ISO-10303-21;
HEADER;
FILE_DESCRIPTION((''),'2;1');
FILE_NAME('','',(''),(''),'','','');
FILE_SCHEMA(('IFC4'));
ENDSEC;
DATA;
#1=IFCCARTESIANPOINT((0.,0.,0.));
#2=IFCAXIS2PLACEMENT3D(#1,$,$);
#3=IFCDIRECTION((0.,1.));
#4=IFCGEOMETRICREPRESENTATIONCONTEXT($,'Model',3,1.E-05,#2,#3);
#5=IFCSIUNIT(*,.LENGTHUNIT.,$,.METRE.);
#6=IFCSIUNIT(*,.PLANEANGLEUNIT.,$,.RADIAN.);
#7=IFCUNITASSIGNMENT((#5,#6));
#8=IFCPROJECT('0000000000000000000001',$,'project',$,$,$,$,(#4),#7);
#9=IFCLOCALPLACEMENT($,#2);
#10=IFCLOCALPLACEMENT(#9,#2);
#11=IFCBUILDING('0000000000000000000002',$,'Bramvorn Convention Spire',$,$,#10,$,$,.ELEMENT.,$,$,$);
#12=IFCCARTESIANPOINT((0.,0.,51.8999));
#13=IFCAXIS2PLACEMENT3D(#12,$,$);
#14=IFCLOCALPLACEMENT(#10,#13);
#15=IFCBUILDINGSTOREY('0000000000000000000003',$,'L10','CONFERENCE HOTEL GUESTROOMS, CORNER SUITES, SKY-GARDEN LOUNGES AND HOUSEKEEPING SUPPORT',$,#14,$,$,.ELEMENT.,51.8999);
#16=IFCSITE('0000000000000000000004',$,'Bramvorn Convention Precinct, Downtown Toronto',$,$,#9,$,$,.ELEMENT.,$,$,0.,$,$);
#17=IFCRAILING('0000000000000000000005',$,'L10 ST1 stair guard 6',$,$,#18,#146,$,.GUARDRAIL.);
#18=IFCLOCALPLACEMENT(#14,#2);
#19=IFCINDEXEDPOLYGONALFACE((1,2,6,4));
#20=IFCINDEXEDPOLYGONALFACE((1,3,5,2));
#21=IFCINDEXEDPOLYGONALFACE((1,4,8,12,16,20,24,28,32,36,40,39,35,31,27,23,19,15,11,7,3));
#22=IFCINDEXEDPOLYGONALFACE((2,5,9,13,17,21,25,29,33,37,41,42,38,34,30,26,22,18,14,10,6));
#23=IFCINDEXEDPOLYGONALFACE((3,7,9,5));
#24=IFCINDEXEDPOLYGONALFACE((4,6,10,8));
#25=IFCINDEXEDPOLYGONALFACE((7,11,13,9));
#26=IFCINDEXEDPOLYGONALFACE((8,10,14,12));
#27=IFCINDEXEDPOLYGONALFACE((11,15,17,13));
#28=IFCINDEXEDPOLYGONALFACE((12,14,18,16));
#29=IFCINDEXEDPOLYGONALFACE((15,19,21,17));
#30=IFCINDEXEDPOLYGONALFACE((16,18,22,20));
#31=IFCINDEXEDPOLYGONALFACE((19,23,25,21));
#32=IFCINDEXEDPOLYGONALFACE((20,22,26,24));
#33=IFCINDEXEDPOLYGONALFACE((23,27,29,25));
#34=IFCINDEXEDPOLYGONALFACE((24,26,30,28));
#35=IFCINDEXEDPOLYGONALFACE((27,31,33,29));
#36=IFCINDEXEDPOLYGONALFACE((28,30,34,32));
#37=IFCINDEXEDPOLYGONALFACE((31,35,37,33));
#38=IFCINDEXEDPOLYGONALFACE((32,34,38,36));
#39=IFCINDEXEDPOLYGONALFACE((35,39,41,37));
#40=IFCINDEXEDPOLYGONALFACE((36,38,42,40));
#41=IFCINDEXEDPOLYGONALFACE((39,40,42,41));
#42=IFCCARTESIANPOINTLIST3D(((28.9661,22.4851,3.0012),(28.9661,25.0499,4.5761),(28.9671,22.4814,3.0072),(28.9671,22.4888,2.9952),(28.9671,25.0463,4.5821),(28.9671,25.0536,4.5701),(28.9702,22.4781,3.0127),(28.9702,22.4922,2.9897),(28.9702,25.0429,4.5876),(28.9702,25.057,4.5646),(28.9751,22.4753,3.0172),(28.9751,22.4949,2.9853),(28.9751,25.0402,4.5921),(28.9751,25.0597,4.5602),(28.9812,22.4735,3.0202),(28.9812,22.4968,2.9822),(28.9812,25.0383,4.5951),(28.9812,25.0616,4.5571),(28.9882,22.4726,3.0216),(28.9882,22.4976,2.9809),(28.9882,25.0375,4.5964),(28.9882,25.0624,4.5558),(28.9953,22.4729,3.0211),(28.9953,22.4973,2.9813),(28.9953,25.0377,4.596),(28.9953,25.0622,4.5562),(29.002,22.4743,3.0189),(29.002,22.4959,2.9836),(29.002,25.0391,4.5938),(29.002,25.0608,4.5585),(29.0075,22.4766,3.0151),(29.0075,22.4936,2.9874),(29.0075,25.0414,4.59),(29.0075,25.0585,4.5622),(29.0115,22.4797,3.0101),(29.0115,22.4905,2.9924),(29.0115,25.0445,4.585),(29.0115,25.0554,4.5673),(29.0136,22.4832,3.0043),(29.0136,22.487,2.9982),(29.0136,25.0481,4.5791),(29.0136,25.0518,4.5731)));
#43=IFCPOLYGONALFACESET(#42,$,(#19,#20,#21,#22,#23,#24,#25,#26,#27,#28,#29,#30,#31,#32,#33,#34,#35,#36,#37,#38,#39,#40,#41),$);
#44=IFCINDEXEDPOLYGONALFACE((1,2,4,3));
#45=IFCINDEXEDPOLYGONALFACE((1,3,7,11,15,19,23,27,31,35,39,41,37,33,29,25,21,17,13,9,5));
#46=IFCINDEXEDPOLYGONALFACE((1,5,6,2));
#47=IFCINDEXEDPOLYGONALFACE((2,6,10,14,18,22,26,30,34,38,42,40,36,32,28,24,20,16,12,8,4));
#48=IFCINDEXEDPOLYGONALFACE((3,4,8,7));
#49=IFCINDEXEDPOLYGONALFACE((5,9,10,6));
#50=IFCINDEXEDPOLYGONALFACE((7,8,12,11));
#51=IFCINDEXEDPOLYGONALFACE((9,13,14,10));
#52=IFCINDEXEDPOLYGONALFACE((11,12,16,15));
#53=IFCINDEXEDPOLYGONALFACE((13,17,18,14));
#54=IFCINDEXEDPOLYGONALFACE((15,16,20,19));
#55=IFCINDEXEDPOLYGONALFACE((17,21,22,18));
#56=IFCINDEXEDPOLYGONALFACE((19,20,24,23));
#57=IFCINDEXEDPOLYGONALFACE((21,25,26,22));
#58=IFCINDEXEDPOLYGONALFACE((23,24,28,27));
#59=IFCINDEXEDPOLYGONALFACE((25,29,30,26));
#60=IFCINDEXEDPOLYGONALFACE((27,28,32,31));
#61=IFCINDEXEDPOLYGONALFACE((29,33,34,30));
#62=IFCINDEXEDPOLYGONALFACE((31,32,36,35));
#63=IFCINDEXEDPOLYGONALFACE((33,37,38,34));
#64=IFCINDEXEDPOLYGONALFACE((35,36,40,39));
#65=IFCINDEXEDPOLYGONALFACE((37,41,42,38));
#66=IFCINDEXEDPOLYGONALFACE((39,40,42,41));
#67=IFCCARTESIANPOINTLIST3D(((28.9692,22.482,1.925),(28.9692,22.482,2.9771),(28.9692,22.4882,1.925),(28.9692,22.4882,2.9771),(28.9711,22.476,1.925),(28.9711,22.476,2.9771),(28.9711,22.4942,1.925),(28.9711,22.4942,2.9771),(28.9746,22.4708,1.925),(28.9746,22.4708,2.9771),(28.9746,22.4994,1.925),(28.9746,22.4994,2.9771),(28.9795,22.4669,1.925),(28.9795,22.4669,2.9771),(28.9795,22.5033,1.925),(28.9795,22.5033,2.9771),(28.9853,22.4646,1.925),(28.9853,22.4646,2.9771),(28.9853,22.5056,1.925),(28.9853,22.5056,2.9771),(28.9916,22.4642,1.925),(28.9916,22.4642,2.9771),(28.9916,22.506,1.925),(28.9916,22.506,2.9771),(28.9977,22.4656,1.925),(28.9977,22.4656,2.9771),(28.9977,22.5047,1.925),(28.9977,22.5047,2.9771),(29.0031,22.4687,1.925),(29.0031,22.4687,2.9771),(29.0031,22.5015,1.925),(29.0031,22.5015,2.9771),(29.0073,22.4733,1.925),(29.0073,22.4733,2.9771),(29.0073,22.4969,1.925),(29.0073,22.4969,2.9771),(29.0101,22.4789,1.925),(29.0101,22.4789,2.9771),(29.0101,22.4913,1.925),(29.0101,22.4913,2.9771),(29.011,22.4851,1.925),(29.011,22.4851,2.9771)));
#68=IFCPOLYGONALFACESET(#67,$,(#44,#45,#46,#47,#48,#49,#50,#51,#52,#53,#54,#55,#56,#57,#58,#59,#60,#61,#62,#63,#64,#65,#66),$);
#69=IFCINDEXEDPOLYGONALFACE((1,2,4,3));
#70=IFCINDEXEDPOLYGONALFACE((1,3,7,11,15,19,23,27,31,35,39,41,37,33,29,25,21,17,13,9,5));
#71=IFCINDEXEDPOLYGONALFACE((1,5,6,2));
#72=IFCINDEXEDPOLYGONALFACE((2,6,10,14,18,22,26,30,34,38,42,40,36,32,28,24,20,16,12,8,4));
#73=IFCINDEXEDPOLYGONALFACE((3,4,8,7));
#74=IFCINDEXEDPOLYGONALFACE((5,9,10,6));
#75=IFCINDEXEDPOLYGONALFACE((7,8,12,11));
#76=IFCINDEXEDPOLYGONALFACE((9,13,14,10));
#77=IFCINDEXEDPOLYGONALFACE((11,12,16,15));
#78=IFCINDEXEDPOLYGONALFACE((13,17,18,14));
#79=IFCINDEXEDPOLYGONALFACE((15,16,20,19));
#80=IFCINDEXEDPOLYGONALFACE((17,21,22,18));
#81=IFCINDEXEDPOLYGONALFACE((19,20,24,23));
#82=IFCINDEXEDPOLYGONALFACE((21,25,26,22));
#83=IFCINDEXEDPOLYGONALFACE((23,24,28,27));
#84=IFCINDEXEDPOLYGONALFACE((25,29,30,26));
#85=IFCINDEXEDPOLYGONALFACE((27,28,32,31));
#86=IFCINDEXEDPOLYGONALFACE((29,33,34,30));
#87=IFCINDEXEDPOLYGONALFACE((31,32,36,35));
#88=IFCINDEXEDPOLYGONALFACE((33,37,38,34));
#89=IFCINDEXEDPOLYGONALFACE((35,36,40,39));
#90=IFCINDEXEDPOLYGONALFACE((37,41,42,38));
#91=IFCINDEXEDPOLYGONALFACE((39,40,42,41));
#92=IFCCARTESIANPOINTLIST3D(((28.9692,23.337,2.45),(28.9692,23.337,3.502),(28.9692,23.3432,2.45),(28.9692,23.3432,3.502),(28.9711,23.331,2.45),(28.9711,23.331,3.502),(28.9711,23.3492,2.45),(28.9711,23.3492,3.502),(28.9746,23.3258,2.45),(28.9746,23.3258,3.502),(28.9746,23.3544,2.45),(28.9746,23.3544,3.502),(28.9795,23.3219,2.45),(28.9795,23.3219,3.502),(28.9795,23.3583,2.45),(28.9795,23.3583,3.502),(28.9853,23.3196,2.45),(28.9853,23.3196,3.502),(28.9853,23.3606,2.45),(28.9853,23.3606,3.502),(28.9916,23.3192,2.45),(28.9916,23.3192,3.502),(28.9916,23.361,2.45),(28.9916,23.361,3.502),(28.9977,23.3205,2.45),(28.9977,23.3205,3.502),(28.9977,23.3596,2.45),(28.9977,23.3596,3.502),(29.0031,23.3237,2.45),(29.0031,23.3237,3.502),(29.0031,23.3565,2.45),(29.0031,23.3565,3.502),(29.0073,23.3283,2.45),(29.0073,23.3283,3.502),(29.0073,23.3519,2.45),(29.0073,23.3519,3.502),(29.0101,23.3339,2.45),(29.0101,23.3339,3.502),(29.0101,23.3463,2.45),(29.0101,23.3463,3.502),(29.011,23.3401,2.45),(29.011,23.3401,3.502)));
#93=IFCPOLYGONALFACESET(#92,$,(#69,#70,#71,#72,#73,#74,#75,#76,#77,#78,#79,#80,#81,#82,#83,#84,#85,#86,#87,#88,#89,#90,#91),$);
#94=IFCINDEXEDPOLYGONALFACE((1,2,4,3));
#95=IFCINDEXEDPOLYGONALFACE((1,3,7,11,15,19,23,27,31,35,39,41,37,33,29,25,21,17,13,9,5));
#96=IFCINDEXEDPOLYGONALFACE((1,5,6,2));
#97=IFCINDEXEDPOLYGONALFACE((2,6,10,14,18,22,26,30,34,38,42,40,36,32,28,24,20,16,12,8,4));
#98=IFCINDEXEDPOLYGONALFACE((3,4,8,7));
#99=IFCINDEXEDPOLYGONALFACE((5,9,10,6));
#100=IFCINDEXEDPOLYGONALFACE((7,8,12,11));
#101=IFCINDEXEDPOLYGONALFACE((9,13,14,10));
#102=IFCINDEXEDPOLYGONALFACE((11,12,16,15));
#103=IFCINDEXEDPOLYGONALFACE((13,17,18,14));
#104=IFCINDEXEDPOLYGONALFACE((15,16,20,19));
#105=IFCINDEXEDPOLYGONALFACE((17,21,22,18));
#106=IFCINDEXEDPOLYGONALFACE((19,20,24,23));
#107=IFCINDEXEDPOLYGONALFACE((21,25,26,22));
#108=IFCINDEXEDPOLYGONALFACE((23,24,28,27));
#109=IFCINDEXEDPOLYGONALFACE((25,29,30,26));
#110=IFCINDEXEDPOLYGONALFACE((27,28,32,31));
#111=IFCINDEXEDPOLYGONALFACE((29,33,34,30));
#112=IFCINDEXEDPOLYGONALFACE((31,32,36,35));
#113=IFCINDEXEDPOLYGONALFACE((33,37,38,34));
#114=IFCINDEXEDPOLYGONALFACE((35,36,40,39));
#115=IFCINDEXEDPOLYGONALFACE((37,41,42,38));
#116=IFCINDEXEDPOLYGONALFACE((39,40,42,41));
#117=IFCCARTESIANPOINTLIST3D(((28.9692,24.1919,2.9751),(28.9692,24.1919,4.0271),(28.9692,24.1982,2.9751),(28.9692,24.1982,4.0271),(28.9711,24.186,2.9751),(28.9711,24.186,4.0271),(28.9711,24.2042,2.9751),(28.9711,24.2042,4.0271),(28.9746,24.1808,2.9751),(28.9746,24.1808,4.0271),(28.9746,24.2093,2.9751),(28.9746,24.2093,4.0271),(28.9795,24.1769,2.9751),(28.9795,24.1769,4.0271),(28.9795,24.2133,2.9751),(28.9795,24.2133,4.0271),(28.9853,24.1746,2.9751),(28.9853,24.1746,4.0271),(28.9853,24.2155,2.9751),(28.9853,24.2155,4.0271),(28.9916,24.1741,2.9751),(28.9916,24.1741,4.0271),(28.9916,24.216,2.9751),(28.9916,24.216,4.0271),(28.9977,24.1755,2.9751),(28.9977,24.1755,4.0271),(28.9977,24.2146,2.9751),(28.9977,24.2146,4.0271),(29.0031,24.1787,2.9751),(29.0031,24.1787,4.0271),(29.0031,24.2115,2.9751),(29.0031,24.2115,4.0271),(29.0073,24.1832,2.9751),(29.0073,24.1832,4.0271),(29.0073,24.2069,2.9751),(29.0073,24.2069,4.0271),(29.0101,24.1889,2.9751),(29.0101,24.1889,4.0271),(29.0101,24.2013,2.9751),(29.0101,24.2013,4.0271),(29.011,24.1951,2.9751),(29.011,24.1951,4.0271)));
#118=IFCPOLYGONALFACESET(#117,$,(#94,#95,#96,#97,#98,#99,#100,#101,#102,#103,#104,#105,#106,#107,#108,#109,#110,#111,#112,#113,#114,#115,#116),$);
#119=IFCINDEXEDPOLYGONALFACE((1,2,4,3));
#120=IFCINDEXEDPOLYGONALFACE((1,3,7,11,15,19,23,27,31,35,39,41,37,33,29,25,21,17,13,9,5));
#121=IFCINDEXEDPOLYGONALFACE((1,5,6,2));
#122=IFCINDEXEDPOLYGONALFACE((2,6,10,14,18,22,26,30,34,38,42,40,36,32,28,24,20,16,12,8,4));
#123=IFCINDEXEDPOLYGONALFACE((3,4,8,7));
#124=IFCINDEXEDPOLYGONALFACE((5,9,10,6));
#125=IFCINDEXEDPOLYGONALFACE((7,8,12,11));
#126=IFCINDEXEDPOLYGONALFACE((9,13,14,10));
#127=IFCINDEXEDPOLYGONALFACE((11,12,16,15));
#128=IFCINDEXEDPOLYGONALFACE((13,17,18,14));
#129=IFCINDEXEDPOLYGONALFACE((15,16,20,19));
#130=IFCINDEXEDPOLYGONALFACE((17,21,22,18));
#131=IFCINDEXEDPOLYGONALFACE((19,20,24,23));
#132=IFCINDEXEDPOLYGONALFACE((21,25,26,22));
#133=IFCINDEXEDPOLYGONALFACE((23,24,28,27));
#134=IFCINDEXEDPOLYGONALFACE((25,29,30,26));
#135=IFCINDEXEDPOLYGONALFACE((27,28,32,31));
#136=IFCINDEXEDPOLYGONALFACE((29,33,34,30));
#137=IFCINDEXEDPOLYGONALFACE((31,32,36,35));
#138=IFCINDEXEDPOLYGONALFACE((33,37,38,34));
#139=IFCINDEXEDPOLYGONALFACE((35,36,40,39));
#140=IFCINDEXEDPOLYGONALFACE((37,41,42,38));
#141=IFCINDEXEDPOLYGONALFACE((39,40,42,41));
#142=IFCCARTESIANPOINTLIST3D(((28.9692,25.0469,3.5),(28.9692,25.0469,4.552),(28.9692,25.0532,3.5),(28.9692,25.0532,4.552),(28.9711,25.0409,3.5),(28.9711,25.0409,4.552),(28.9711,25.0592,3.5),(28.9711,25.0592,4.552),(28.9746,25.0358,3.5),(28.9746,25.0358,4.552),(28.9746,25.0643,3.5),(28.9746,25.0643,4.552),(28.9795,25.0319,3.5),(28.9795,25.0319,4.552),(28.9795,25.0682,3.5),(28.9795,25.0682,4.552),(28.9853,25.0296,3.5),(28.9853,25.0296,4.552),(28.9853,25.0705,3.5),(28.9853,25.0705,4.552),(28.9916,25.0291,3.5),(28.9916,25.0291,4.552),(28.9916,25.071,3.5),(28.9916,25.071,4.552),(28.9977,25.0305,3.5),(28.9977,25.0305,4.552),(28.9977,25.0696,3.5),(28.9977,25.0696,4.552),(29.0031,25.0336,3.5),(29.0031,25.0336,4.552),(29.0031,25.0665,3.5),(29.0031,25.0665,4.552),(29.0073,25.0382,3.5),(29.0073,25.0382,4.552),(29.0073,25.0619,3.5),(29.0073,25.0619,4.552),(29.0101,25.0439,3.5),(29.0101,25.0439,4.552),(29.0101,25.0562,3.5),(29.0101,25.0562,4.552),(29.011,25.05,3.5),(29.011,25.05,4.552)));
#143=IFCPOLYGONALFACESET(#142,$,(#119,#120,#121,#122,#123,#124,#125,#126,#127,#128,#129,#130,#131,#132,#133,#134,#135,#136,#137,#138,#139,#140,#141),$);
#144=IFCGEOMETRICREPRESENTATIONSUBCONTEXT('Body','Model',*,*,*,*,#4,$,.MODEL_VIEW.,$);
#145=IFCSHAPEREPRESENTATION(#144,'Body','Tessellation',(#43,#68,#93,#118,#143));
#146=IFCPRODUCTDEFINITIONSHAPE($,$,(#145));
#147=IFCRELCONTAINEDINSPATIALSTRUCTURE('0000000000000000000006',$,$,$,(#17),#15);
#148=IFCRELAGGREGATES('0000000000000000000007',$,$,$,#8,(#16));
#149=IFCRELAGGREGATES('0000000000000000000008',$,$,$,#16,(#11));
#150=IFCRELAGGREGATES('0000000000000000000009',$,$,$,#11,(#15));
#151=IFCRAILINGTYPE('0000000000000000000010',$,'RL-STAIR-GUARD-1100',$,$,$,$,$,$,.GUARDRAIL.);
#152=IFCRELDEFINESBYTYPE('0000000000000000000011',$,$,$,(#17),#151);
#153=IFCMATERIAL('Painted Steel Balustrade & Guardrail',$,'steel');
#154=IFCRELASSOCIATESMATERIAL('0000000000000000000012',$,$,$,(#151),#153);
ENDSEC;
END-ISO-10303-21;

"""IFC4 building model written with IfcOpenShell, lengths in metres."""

from ifc_helpers import new_model, si_unit, direction, frame, origin, origin_2d, place, context, subcontext, project, spatial, circle, extrude, material, type_object, element, save


model = new_model("IFC4")

# Units and contexts
model_context = context("Model", 3, precision=1e-05, world=origin(), true_north=direction((0.0, 1.0)))
body_context = subcontext(model_context, "Body", "Model", "MODEL_VIEW")
ifc_project = project(units=[si_unit("LENGTHUNIT", "METRE"), si_unit("PLANEANGLEUNIT", "RADIAN")], contexts=[model_context])

# Site, building, storey
site_placement = place(None, origin())
site = spatial("IfcSite", under=ifc_project, at=site_placement, Name="Bramvorn Convention Precinct, Downtown Toronto", CompositionType="ELEMENT", RefElevation=0.0)
building_placement = place(site_placement, origin())
building = spatial("IfcBuilding", under=site, at=building_placement, Name="Bramvorn Convention Spire", CompositionType="ELEMENT")
storey_placement = place(building_placement, frame((0.0, 0.0, 51.8999)))
storey = spatial("IfcBuildingStorey", under=building, at=storey_placement, Name="L10", Description="CONFERENCE HOTEL GUESTROOMS, CORNER SUITES, SKY-GARDEN LOUNGES AND HOUSEKEEPING SUPPORT", CompositionType="ELEMENT", Elevation=51.8999)

# Railing
ifc_material_1 = material(Name="Painted Steel Balustrade & Guardrail", Category="steel")
railing_type_1 = type_object("IfcRailingType", Name="RL-STAIR-GUARD-1100", PredefinedType="GUARDRAIL", material=ifc_material_1)
railing_1_placement = place(storey_placement, frame((28.99, 22.4851, 1.925)))
element("IfcRailing", 1, at=railing_1_placement, inside=storey, type_object=railing_type_1, Name="L10 ST1 stair guard 6", PredefinedType="GUARDRAIL", context=body_context, shape_type="SweptSolid", body=[
    extrude(circle(Radius=0.0239, at=origin_2d()), frame((0.0, 0.0, 1.0762), z_axis=(0.0, 0.852173, 0.52326), x_axis=(-1.0, 0.0, 0.0)), (0.0, 0.0, 1.0), 3.0098),
    extrude(circle(Radius=0.021, at=origin_2d()), origin(), (0.0, 0.0, 1.0), 1.052),
    extrude(circle(Radius=0.021, at=origin_2d()), frame((0.0, 0.855, 0.5249)), (0.0, 0.0, 1.0), 1.052),
    extrude(circle(Radius=0.021, at=origin_2d()), frame((0.0, 1.71, 1.05)), (0.0, 0.0, 1.0), 1.052),
    extrude(circle(Radius=0.021, at=origin_2d()), frame((0.0, 2.5649, 1.575)), (0.0, 0.0, 1.0), 1.052),
])

save(model, "model.ifc")
